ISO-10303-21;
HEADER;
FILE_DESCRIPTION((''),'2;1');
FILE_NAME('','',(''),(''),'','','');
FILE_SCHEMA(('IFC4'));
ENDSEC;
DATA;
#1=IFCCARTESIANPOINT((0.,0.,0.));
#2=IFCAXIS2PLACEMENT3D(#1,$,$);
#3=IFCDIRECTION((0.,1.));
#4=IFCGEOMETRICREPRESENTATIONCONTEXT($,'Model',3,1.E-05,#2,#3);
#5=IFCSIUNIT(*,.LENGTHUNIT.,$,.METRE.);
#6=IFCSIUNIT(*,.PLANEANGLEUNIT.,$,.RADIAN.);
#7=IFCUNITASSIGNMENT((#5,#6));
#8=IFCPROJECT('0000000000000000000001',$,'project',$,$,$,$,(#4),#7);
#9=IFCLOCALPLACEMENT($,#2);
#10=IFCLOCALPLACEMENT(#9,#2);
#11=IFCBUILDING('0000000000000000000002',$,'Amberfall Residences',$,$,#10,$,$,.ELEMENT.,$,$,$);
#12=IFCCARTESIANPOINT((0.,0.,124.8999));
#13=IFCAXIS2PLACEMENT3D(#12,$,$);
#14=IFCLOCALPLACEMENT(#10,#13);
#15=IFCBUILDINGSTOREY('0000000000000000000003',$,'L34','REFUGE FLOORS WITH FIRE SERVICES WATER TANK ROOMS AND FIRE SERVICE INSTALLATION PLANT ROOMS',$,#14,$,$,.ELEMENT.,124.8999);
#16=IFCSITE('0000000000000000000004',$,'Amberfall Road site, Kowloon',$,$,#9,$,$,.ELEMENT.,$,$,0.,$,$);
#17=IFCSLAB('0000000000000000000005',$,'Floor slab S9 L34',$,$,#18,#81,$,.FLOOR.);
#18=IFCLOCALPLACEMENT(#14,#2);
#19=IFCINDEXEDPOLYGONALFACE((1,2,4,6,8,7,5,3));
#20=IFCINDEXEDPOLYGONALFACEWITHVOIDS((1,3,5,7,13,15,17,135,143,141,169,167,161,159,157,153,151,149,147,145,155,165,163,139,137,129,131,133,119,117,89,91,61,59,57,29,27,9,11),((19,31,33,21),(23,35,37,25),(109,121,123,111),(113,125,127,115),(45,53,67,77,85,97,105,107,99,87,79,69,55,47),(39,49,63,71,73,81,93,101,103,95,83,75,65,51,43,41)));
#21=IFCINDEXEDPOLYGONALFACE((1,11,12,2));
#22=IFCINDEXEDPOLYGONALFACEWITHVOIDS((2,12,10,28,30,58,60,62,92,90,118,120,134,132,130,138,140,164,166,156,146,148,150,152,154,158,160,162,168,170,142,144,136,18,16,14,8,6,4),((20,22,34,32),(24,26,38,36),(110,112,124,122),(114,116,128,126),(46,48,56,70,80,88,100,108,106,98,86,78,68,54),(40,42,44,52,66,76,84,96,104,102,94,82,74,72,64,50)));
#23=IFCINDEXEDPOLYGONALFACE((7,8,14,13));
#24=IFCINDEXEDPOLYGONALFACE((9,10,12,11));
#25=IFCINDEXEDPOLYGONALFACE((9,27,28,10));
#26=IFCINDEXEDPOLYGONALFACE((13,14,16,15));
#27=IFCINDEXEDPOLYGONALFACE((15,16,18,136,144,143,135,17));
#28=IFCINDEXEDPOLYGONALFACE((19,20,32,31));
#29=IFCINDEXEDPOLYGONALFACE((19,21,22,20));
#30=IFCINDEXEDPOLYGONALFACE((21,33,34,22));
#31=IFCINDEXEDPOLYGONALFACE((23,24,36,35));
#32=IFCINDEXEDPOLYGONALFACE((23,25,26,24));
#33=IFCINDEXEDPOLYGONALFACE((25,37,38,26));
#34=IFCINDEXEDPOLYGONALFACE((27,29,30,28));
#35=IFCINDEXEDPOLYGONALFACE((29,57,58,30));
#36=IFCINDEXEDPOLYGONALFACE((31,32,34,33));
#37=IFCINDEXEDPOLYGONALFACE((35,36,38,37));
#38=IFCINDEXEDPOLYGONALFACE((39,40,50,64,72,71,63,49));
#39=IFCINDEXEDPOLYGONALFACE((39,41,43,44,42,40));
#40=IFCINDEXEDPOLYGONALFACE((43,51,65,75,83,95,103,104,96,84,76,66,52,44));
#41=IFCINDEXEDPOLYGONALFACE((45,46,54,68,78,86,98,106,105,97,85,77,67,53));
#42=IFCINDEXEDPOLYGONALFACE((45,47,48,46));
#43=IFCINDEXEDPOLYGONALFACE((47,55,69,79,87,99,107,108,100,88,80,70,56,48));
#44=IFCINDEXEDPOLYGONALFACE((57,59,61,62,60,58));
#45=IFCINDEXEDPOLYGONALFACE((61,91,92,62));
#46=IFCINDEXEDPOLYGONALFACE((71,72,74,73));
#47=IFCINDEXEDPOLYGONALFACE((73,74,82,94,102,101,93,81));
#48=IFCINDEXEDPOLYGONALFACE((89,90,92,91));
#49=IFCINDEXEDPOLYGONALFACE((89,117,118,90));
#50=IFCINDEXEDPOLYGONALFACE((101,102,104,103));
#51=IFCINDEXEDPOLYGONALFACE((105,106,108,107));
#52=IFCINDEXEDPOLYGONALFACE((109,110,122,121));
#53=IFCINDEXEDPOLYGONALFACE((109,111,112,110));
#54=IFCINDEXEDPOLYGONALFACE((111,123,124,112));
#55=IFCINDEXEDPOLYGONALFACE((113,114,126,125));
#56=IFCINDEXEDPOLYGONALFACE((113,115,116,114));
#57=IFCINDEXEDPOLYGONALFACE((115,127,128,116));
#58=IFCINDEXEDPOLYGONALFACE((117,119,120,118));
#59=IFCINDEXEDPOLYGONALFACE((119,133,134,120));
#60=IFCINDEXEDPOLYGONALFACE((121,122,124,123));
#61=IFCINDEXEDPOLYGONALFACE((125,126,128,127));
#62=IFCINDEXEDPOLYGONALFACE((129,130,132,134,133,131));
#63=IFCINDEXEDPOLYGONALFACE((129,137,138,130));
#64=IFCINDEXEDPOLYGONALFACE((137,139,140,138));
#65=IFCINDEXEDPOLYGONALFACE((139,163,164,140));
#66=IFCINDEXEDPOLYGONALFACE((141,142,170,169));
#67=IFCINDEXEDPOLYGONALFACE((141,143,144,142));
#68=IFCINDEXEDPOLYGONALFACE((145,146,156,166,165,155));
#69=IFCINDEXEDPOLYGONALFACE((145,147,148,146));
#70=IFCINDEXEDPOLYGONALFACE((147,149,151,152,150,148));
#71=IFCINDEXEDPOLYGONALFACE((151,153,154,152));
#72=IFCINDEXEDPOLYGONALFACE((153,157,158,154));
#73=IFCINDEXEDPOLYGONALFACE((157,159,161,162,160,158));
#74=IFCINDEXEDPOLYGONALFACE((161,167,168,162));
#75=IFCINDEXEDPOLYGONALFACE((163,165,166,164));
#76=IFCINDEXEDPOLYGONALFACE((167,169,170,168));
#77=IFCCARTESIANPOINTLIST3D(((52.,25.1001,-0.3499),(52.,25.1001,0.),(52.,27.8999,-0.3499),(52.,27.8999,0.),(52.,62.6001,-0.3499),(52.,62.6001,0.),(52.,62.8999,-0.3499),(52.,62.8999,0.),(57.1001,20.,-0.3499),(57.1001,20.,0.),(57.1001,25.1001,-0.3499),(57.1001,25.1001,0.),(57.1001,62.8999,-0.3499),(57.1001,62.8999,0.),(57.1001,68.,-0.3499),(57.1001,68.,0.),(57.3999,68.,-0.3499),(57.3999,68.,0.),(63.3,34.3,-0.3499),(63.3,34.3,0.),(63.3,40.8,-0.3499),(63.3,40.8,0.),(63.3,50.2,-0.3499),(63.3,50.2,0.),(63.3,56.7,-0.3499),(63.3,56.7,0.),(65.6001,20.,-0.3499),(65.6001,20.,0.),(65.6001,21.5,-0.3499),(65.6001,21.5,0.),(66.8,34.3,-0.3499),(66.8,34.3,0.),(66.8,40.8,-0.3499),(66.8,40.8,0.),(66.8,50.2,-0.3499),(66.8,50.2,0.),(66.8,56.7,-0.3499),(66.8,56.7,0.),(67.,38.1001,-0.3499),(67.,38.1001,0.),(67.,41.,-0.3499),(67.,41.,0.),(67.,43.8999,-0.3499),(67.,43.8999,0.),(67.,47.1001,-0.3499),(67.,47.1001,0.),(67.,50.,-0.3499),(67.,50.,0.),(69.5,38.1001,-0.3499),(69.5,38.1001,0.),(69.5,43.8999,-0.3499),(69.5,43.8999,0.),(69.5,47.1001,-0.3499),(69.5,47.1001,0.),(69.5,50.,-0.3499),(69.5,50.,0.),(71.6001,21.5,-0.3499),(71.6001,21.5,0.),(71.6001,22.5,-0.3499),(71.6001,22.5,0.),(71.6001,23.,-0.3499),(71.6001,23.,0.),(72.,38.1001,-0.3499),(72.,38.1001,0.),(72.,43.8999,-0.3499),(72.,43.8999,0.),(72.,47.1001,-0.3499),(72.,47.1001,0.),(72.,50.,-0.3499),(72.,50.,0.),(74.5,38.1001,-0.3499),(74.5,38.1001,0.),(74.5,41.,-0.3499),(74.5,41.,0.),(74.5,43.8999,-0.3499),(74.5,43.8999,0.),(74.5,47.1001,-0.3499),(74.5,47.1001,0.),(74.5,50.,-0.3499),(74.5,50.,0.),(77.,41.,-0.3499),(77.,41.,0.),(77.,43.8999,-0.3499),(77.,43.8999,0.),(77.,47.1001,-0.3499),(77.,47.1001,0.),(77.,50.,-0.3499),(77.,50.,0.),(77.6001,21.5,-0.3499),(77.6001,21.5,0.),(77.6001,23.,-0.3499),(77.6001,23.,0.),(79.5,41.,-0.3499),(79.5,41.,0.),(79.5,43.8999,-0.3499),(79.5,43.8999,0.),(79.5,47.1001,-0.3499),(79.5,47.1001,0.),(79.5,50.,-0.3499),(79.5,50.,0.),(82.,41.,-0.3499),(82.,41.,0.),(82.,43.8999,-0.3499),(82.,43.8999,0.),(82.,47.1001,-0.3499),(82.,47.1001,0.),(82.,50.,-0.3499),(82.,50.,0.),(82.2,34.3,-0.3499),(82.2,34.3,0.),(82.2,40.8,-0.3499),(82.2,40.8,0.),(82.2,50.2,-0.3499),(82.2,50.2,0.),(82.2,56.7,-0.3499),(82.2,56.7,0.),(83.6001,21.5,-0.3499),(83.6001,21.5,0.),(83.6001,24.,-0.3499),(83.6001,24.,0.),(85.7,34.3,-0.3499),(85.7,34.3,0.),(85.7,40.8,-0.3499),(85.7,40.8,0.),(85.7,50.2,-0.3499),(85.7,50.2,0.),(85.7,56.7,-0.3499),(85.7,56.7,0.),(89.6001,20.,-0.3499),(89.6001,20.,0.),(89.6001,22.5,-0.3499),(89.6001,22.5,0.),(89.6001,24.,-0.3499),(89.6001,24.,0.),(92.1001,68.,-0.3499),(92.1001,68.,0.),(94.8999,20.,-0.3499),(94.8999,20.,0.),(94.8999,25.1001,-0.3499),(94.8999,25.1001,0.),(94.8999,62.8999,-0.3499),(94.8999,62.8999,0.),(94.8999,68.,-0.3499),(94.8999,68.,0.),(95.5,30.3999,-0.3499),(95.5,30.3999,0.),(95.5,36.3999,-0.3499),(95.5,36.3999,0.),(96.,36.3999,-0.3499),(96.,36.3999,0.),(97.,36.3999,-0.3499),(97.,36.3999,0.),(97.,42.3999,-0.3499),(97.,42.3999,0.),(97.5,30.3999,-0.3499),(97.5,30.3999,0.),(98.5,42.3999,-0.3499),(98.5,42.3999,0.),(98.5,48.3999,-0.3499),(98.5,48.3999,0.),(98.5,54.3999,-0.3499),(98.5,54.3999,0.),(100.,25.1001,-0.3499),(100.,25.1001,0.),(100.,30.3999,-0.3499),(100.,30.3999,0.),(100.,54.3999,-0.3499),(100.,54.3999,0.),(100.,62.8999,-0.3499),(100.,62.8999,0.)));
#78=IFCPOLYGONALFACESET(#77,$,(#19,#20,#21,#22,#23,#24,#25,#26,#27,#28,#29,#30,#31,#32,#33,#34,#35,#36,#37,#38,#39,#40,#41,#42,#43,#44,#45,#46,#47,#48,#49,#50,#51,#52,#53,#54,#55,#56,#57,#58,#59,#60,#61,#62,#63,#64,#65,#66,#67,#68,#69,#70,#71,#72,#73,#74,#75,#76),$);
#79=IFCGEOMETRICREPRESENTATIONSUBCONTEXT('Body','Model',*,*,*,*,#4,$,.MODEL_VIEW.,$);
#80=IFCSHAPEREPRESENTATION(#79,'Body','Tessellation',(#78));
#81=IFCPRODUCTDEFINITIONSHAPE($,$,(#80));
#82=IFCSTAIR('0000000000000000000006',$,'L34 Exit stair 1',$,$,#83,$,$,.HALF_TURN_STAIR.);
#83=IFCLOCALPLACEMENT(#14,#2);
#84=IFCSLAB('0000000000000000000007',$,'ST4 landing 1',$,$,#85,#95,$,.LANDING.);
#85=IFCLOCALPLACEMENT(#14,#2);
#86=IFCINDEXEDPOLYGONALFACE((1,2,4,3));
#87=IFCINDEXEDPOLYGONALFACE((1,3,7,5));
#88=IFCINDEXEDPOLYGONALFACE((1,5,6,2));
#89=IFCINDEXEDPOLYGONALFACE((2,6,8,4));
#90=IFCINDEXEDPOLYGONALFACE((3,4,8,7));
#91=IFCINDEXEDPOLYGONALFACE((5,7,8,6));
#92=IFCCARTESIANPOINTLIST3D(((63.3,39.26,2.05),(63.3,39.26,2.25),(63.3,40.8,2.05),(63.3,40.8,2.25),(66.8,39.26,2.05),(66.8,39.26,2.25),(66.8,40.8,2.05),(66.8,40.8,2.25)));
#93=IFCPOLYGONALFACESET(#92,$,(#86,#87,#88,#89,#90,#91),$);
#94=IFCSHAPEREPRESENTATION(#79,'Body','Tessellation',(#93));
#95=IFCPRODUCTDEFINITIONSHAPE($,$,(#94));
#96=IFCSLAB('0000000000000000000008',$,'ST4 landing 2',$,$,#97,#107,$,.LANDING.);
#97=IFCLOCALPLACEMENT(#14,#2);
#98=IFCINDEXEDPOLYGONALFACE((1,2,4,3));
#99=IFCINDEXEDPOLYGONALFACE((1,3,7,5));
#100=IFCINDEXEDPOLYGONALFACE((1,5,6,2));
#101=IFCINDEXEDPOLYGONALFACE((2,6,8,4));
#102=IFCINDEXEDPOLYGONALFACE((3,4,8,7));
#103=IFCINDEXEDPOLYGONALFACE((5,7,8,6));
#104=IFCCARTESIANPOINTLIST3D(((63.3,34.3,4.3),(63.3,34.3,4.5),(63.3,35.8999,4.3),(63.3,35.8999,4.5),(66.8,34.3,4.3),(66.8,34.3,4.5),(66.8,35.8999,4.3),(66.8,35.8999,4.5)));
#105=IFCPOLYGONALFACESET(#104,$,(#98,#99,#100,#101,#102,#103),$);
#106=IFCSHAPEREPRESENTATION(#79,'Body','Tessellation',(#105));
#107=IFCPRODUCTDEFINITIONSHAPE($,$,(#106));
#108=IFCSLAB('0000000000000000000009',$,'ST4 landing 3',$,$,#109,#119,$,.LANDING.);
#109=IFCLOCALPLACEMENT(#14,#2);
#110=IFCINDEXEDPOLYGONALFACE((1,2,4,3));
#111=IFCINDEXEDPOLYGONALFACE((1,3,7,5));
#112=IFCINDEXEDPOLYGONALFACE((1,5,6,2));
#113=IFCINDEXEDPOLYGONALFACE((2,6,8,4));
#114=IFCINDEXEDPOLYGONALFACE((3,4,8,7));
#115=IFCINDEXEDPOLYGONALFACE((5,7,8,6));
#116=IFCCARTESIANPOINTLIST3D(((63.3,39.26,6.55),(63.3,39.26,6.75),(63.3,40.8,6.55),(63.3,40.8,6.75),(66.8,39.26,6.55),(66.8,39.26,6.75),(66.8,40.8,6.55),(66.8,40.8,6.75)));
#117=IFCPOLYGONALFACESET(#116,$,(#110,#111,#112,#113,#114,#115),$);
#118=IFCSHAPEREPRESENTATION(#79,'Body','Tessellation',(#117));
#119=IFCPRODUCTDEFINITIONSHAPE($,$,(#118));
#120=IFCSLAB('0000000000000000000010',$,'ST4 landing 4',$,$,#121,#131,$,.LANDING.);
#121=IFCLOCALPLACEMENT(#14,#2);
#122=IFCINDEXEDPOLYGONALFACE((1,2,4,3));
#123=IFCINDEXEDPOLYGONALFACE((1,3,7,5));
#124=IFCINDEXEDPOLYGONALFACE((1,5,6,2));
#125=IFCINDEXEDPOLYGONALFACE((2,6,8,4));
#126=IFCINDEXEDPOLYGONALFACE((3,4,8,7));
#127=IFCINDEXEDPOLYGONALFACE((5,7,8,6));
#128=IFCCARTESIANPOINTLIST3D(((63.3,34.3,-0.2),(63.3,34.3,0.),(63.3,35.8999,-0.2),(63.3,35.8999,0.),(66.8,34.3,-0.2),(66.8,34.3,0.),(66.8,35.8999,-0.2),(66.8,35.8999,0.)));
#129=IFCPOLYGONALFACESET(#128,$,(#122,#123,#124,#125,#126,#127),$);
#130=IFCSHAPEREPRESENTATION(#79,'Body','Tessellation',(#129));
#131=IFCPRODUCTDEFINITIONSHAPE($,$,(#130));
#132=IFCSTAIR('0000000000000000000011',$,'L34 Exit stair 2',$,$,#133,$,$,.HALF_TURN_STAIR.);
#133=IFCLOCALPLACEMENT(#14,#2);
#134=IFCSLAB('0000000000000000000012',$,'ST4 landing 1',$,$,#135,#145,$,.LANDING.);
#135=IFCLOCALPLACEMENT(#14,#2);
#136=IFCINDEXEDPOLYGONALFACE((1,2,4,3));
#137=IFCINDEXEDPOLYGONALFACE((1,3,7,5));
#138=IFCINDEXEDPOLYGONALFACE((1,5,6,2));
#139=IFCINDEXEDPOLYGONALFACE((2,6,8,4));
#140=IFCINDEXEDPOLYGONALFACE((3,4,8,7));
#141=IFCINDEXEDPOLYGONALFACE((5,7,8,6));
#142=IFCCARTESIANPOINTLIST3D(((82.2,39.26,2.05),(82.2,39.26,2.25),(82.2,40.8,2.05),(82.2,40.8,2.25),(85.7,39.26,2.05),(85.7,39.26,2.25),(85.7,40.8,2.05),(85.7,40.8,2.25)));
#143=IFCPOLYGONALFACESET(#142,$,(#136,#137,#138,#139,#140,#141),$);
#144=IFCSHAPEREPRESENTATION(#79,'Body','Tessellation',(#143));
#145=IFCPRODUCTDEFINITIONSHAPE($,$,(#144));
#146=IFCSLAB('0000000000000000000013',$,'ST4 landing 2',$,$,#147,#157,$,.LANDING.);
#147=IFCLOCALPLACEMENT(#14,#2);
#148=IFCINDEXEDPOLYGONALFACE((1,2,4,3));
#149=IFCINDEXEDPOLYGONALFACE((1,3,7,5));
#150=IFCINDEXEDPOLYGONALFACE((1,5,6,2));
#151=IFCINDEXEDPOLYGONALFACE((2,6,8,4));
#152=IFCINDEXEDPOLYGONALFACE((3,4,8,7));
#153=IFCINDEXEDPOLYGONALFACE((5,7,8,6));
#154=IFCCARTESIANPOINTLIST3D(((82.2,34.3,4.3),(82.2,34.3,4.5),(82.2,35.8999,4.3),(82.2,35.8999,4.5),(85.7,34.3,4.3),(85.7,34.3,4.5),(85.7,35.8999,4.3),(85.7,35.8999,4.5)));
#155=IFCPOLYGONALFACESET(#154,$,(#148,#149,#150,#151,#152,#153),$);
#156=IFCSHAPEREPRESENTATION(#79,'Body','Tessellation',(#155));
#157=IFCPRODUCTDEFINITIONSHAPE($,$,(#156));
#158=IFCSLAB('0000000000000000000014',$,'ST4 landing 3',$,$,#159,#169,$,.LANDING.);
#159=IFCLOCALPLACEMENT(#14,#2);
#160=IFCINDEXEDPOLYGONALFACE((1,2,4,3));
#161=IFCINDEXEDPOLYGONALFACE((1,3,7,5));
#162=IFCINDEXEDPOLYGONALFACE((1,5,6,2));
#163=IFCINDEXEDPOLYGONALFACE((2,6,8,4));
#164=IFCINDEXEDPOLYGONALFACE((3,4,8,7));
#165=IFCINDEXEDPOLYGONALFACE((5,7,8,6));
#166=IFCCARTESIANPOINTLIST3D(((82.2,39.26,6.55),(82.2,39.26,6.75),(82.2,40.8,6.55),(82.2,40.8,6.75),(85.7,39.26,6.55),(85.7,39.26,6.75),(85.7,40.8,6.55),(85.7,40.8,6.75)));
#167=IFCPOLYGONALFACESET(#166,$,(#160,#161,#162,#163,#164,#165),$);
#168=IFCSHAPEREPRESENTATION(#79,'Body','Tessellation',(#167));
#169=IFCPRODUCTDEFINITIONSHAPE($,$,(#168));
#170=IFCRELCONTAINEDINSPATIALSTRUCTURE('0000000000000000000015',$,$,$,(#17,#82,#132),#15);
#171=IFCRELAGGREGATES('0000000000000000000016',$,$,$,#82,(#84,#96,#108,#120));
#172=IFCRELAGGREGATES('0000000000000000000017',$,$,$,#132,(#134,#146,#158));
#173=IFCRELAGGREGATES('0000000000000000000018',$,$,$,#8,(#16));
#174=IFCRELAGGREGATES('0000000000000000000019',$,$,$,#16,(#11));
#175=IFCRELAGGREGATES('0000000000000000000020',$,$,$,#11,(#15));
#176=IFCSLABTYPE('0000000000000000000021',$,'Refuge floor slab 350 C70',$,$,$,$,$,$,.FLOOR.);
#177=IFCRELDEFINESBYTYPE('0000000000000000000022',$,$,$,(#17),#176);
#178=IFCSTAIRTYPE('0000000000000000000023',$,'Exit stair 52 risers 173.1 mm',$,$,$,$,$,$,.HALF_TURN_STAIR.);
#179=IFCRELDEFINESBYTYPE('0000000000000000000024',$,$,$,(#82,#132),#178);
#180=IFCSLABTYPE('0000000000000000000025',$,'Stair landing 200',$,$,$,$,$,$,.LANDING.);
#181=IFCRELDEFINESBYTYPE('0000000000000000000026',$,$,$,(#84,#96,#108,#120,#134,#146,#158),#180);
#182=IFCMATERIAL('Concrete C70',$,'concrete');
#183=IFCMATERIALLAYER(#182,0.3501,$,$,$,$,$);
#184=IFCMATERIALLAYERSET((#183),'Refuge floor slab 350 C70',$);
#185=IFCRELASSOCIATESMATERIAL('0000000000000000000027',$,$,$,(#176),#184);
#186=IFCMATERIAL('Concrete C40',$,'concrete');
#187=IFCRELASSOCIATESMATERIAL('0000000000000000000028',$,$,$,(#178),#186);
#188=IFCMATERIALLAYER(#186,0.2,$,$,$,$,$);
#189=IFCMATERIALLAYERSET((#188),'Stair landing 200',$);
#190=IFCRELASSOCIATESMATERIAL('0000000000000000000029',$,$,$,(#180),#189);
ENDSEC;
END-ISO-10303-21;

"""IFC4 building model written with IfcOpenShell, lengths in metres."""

from ifc_helpers import new_model, si_unit, direction, frame, origin, place, context, subcontext, project, spatial, polyline, outline, extrude, material, layer, layer_set, type_object, element, aggregate, save


model = new_model("IFC4")

# Units and contexts
model_context = context("Model", 3, precision=1e-05, world=origin(), true_north=direction((0.0, 1.0)))
body_context = subcontext(model_context, "Body", "Model", "MODEL_VIEW")
ifc_project = project(units=[si_unit("LENGTHUNIT", "METRE"), si_unit("PLANEANGLEUNIT", "RADIAN")], contexts=[model_context])

# Site, building, storey
site_placement = place(None, origin())
site = spatial("IfcSite", under=ifc_project, at=site_placement, Name="Amberfall Road site, Kowloon", CompositionType="ELEMENT", RefElevation=0.0)
building_placement = place(site_placement, origin())
building = spatial("IfcBuilding", under=site, at=building_placement, Name="Amberfall Residences", CompositionType="ELEMENT")
storey_placement = place(building_placement, frame((0.0, 0.0, 124.8999)))
storey = spatial("IfcBuildingStorey", under=building, at=storey_placement, Name="L34", Description="REFUGE FLOORS WITH FIRE SERVICES WATER TANK ROOMS AND FIRE SERVICE INSTALLATION PLANT ROOMS", CompositionType="ELEMENT", Elevation=124.8999)

# Shared definitions
ifc_material_1 = material(Name="Concrete C70", Category="concrete")

# Slab
ifc_layer_1 = layer(ifc_material_1, 0.3501)
ifc_layer_set_1 = layer_set([ifc_layer_1], Name="Refuge floor slab 350 C70")
slab_type_1 = type_object("IfcSlabType", Name="Refuge floor slab 350 C70", PredefinedType="FLOOR", material=ifc_layer_set_1)
slab_1_placement = place(storey_placement, frame((0.0, 0.0, -0.3499)))
element("IfcSlab", 1, at=slab_1_placement, inside=storey, type_object=slab_type_1, Name="Floor slab S9 L34", PredefinedType="FLOOR", context=body_context, shape_type="SweptSolid", body=[
    extrude(outline(polyline([(89.6001, 22.5), (89.6001, 24.0), (83.6001, 24.0), (83.6001, 21.5), (77.6001, 21.5), (77.6001, 23.0), (71.6001, 23.0), (71.6001, 22.5), (71.6001, 21.5), (65.6001, 21.5), (65.6001, 20.0), (57.1001, 20.0), (57.1001, 25.1001), (52.0, 25.1001), (52.0, 27.8999), (52.0, 62.6001), (52.0, 62.8999), (57.1001, 62.8999), (57.1001, 68.0), (57.3999, 68.0), (92.1001, 68.0), (94.8999, 68.0), (94.8999, 62.8999), (100.0, 62.8999), (100.0, 54.3999), (98.5, 54.3999), (98.5, 48.3999), (98.5, 42.3999), (97.0, 42.3999), (97.0, 36.3999), (96.0, 36.3999), (95.5, 36.3999), (95.5, 30.3999), (97.5, 30.3999), (100.0, 30.3999), (100.0, 25.1001), (94.8999, 25.1001), (94.8999, 20.0), (89.6001, 20.0), (89.6001, 22.5)]), holes=[polyline([(85.7, 34.3), (85.7, 40.8), (82.2, 40.8), (82.2, 34.3), (85.7, 34.3)]), polyline([(82.2, 50.2), (85.7, 50.2), (85.7, 56.7), (82.2, 56.7), (82.2, 50.2)]), polyline([(69.5, 50.0), (67.0, 50.0), (67.0, 47.1001), (69.5, 47.1001), (72.0, 47.1001), (74.5, 47.1001), (77.0, 47.1001), (79.5, 47.1001), (82.0, 47.1001), (82.0, 50.0), (79.5, 50.0), (77.0, 50.0), (74.5, 50.0), (72.0, 50.0), (69.5, 50.0)]), polyline([(74.5, 41.0), (77.0, 41.0), (79.5, 41.0), (82.0, 41.0), (82.0, 43.8999), (79.5, 43.8999), (77.0, 43.8999), (74.5, 43.8999), (72.0, 43.8999), (69.5, 43.8999), (67.0, 43.8999), (67.0, 41.0), (67.0, 38.1001), (69.5, 38.1001), (72.0, 38.1001), (74.5, 38.1001), (74.5, 41.0)]), polyline([(66.8, 34.3), (66.8, 40.8), (63.3, 40.8), (63.3, 34.3), (66.8, 34.3)]), polyline([(66.8, 50.2), (66.8, 56.7), (63.3, 56.7), (63.3, 50.2), (66.8, 50.2)])]), origin(), (0.0, 0.0, 1.0), 0.3499),
])

# Stairs, slabs
ifc_material_2 = material(Name="Concrete C40", Category="concrete")
stair_type = type_object("IfcStairType", Name="Exit stair 52 risers 173.1 mm", PredefinedType="HALF_TURN_STAIR", material=ifc_material_2)
stair_1_placement = place(storey_placement, origin())
stair_1 = element("IfcStair", 2, at=stair_1_placement, inside=storey, type_object=stair_type, Name="L34 Exit stair 1", PredefinedType="HALF_TURN_STAIR")
ifc_layer_2 = layer(ifc_material_2, 0.2)
ifc_layer_set_2 = layer_set([ifc_layer_2], Name="Stair landing 200")
slab_type_2 = type_object("IfcSlabType", Name="Stair landing 200", PredefinedType="LANDING", material=ifc_layer_set_2)
slab_2_placement = place(storey_placement, frame((0.0, 0.0, 2.05)))
slab_2 = element("IfcSlab", 3, at=slab_2_placement, type_object=slab_type_2, Name="ST4 landing 1", PredefinedType="LANDING", context=body_context, shape_type="SweptSolid", body=[
    extrude(outline(polyline([(66.8, 39.26), (66.8, 40.8), (63.3, 40.8), (63.3, 39.26), (66.8, 39.26)])), origin(), (0.0, 0.0, 1.0), 0.2),
])
slab_3_placement = place(storey_placement, frame((0.0, 0.0, 4.3)))
slab_3 = element("IfcSlab", 4, at=slab_3_placement, type_object=slab_type_2, Name="ST4 landing 2", PredefinedType="LANDING", context=body_context, shape_type="SweptSolid", body=[
    extrude(outline(polyline([(66.8, 34.3), (66.8, 35.8999), (63.3, 35.8999), (63.3, 34.3), (66.8, 34.3)])), origin(), (0.0, 0.0, 1.0), 0.2),
])
slab_4_placement = place(storey_placement, frame((0.0, 0.0, 6.55)))
slab_4 = element("IfcSlab", 5, at=slab_4_placement, type_object=slab_type_2, Name="ST4 landing 3", PredefinedType="LANDING", context=body_context, shape_type="SweptSolid", body=[
    extrude(outline(polyline([(66.8, 39.26), (66.8, 40.8), (63.3, 40.8), (63.3, 39.26), (66.8, 39.26)])), origin(), (0.0, 0.0, 1.0), 0.2),
])
slab_5_placement = place(storey_placement, frame((0.0, 0.0, -0.2)))
slab_5 = element("IfcSlab", 6, at=slab_5_placement, type_object=slab_type_2, Name="ST4 landing 4", PredefinedType="LANDING", context=body_context, shape_type="SweptSolid", body=[
    extrude(outline(polyline([(66.8, 34.3), (66.8, 35.8999), (63.3, 35.8999), (63.3, 34.3), (66.8, 34.3)])), origin(), (0.0, 0.0, 1.0), 0.2),
])
aggregate(stair_1, [slab_2, slab_3, slab_4, slab_5])
stair_2_placement = place(storey_placement, origin())
stair_2 = element("IfcStair", 7, at=stair_2_placement, inside=storey, type_object=stair_type, Name="L34 Exit stair 2", PredefinedType="HALF_TURN_STAIR")
slab_6_placement = place(storey_placement, frame((0.0, 0.0, 2.05)))
slab_6 = element("IfcSlab", 8, at=slab_6_placement, type_object=slab_type_2, Name="ST4 landing 1", PredefinedType="LANDING", context=body_context, shape_type="SweptSolid", body=[
    extrude(outline(polyline([(85.7, 39.26), (85.7, 40.8), (82.2, 40.8), (82.2, 39.26), (85.7, 39.26)])), origin(), (0.0, 0.0, 1.0), 0.2),
])
slab_7_placement = place(storey_placement, frame((0.0, 0.0, 4.3)))
slab_7 = element("IfcSlab", 9, at=slab_7_placement, type_object=slab_type_2, Name="ST4 landing 2", PredefinedType="LANDING", context=body_context, shape_type="SweptSolid", body=[
    extrude(outline(polyline([(85.7, 34.3), (85.7, 35.8999), (82.2, 35.8999), (82.2, 34.3), (85.7, 34.3)])), origin(), (0.0, 0.0, 1.0), 0.2),
])
slab_8_placement = place(storey_placement, frame((0.0, 0.0, 6.55)))
slab_8 = element("IfcSlab", 10, at=slab_8_placement, type_object=slab_type_2, Name="ST4 landing 3", PredefinedType="LANDING", context=body_context, shape_type="SweptSolid", body=[
    extrude(outline(polyline([(85.7, 39.26), (85.7, 40.8), (82.2, 40.8), (82.2, 39.26), (85.7, 39.26)])), origin(), (0.0, 0.0, 1.0), 0.2),
])
aggregate(stair_2, [slab_6, slab_7, slab_8])

save(model, "model.ifc")
